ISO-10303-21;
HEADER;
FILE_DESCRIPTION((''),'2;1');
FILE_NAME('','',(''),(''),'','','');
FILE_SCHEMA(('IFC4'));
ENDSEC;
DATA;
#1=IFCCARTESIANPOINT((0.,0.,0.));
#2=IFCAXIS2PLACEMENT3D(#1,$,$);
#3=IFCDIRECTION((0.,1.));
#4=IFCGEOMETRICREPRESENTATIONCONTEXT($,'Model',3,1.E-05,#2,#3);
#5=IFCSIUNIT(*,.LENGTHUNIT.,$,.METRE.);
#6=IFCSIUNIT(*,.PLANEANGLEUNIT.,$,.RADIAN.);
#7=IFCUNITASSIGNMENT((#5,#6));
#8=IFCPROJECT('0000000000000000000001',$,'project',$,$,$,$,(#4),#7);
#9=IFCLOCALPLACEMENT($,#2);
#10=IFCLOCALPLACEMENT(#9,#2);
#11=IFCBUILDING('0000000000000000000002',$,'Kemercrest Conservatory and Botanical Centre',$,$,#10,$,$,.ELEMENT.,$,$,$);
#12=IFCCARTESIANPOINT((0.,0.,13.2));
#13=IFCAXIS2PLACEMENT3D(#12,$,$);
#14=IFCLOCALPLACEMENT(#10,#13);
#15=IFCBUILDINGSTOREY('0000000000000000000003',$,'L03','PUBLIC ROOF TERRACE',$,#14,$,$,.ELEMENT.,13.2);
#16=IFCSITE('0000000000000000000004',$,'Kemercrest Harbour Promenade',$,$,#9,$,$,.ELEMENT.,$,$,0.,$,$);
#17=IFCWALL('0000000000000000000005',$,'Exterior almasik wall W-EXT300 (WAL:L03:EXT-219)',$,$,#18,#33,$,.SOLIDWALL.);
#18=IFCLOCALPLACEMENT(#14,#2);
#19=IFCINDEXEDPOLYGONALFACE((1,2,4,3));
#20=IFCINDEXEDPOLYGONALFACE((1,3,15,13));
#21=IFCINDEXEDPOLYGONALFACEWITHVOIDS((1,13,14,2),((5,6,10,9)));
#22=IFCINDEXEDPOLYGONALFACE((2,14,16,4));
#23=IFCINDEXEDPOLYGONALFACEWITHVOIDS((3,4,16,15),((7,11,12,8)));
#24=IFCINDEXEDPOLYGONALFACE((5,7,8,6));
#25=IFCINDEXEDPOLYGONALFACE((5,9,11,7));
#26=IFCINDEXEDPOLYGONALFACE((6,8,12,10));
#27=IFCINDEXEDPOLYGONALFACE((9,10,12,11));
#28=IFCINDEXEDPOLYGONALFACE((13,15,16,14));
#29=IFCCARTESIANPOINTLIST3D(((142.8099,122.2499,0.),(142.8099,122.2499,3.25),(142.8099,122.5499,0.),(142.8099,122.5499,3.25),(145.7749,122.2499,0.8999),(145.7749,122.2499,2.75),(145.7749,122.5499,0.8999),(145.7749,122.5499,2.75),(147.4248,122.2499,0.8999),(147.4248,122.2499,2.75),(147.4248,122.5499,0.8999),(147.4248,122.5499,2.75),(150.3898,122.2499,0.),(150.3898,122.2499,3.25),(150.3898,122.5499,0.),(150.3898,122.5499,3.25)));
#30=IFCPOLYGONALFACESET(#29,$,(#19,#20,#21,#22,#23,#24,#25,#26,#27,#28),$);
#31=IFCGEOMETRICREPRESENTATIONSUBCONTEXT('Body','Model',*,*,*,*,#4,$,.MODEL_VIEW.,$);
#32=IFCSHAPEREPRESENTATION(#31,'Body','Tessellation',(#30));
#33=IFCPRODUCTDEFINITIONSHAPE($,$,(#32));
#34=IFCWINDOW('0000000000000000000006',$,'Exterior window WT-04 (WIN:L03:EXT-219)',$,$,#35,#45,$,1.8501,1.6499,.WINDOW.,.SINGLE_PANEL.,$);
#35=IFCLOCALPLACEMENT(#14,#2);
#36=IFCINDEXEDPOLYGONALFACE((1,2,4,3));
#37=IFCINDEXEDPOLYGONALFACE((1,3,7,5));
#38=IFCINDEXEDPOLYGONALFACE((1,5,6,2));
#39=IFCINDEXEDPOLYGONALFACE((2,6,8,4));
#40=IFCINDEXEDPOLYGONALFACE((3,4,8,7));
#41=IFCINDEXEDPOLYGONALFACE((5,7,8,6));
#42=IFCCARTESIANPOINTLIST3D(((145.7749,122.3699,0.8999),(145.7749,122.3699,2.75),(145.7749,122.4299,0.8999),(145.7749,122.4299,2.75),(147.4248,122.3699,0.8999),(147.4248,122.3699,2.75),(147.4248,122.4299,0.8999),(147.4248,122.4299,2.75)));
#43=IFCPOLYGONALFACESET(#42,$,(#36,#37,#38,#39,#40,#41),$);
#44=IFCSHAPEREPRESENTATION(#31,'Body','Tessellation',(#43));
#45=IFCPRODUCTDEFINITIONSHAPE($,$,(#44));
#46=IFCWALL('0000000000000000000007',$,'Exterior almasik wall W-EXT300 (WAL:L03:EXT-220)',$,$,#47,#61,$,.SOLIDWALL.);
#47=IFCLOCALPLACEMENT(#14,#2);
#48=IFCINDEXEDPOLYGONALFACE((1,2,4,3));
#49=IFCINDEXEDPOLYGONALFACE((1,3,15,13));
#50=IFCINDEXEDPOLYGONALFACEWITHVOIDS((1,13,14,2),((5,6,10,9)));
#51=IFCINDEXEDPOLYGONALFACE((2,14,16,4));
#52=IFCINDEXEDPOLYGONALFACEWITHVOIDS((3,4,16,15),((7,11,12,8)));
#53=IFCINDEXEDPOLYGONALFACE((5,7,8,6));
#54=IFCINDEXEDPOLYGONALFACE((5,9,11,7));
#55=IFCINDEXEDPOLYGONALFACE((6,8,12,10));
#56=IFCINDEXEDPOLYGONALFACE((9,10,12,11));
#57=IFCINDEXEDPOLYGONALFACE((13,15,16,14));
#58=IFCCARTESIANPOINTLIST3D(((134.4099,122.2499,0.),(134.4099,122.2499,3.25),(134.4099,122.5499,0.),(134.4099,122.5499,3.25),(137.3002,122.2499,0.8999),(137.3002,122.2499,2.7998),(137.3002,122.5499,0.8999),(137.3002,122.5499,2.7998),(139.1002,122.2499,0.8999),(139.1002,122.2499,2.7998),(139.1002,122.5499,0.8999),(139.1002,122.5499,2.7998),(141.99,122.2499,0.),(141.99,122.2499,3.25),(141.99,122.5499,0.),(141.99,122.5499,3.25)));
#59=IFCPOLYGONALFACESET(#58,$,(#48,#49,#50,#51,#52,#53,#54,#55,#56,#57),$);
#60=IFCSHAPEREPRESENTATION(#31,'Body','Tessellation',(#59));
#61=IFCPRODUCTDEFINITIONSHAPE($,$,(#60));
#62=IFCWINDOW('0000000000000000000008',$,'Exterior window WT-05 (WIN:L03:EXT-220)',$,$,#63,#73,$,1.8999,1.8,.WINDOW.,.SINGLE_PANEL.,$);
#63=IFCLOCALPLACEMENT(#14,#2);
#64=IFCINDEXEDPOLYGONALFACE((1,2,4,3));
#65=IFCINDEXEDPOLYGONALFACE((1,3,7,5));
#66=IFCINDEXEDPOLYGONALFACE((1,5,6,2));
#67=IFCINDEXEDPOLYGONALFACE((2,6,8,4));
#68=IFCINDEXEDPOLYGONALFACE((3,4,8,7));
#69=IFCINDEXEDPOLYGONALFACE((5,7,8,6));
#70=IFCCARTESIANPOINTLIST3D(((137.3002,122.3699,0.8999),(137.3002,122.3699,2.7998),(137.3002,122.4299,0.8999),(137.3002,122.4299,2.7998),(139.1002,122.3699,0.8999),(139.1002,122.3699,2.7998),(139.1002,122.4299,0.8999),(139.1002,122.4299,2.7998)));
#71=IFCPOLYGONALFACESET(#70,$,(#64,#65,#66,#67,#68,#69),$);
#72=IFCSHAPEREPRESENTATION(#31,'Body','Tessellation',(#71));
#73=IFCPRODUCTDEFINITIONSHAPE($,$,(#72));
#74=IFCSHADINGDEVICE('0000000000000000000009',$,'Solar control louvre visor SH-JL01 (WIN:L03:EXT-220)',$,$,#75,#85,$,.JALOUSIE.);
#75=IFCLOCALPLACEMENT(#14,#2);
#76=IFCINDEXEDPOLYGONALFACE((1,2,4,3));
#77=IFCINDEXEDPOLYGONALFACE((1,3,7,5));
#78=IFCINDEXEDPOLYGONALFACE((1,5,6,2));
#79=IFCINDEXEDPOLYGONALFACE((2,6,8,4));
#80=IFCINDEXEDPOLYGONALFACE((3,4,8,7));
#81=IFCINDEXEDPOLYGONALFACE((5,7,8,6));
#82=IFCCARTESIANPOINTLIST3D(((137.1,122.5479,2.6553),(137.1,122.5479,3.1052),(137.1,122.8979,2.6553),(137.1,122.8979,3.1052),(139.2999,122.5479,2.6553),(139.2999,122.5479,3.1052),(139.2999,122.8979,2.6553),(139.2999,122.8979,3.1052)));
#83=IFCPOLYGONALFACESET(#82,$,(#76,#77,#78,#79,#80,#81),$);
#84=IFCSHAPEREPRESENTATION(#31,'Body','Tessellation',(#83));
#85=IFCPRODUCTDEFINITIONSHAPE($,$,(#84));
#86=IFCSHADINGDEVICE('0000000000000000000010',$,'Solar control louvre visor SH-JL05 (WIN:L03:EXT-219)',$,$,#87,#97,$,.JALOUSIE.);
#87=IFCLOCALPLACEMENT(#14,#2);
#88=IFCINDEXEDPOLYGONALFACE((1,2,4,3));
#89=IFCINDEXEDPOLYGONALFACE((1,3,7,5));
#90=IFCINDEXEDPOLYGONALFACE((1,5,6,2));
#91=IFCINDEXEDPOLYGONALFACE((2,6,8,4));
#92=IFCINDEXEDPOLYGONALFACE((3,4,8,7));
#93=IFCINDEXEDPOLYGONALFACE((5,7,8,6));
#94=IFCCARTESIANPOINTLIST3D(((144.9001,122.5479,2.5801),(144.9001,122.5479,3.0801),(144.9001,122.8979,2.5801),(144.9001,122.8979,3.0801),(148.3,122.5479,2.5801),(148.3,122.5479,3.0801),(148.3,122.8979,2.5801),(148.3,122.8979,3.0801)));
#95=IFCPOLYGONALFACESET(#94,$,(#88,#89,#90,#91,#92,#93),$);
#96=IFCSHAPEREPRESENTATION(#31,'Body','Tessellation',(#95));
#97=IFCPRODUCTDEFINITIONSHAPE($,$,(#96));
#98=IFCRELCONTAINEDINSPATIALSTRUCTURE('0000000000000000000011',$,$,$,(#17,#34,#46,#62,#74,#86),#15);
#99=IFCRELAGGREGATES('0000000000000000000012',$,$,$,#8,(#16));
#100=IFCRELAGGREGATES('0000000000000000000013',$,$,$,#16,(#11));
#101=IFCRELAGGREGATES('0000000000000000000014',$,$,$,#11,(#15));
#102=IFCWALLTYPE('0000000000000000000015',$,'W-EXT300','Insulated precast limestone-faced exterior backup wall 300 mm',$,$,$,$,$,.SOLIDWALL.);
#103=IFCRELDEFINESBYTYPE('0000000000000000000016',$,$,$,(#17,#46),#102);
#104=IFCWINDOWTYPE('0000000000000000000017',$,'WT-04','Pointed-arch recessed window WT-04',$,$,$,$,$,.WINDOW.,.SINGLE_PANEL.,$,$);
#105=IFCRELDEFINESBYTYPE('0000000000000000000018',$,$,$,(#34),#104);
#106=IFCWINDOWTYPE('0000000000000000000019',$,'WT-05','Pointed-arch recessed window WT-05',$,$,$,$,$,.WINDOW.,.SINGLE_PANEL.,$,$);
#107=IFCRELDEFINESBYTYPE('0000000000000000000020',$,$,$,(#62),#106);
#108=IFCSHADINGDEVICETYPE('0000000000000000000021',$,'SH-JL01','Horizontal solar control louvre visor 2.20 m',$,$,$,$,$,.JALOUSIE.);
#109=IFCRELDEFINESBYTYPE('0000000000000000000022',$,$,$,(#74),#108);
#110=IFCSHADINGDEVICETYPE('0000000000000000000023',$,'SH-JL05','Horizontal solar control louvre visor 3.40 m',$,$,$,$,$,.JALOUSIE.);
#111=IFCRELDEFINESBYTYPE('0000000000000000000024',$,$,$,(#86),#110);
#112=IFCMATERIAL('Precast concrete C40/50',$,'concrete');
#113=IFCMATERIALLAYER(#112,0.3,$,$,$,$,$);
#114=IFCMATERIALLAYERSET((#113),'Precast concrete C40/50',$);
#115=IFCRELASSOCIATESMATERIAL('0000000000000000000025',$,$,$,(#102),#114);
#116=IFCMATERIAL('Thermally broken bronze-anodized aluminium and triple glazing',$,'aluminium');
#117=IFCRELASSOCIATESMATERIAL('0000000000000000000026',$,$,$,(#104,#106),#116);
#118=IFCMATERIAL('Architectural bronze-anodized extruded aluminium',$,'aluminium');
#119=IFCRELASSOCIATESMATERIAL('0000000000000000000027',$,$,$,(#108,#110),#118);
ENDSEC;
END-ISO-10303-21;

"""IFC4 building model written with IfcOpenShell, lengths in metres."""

from ifc_helpers import new_model, si_unit, direction, frame, frame_2d, origin, origin_2d, place, context, subcontext, project, spatial, rectangle, extrude, material, layer, layer_set, type_object, element, fill, save


model = new_model("IFC4")

# Units and contexts
model_context = context("Model", 3, precision=1e-05, world=origin(), true_north=direction((0.0, 1.0)))
body_context = subcontext(model_context, "Body", "Model", "MODEL_VIEW")
ifc_project = project(units=[si_unit("LENGTHUNIT", "METRE"), si_unit("PLANEANGLEUNIT", "RADIAN")], contexts=[model_context])

# Site, building, storey
site_placement = place(None, origin())
site = spatial("IfcSite", under=ifc_project, at=site_placement, Name="Kemercrest Harbour Promenade", CompositionType="ELEMENT", RefElevation=0.0)
building_placement = place(site_placement, origin())
building = spatial("IfcBuilding", under=site, at=building_placement, Name="Kemercrest Conservatory and Botanical Centre", CompositionType="ELEMENT")
storey_placement = place(building_placement, frame((0.0, 0.0, 13.2)))
storey = spatial("IfcBuildingStorey", under=building, at=storey_placement, Name="L03", Description="PUBLIC ROOF TERRACE", CompositionType="ELEMENT", Elevation=13.2)

# Walls, openings, windows
ifc_material_1 = material(Name="Precast concrete C40/50", Category="concrete")
ifc_layer_1 = layer(ifc_material_1, 0.3)
ifc_layer_set_1 = layer_set([ifc_layer_1], Name="Precast concrete C40/50")
wall_type = type_object("IfcWallType", Name="W-EXT300", Description="Insulated precast limestone-faced exterior backup wall 300 mm", PredefinedType="SOLIDWALL", material=ifc_layer_set_1)
wall_1_placement = place(storey_placement, frame((150.3899, 122.3999, 0.0), z_axis=(0.0, 0.0, 1.0), x_axis=(-1.0, 0.0, 0.0)))
wall_1 = element("IfcWall", 1, at=wall_1_placement, inside=storey, type_object=wall_type, Name="Exterior almasik wall W-EXT300 (WAL:L03:EXT-219)", PredefinedType="SOLIDWALL", context=body_context, shape_type="SweptSolid", body=[
    extrude(rectangle(XDim=7.5798, YDim=0.3, at=frame_2d((3.79, 0.0))), origin(), (0.0, 0.0, 1.0), 3.25),
])
opening_1_placement = place(wall_1_placement, frame((2.9651, 0.0, 0.8999)))
opening_1 = element("IfcOpeningElement", 2, at=opening_1_placement, cuts=wall_1, PredefinedType="OPENING", context=body_context, shape_type="SweptSolid", body=[
    extrude(rectangle(XDim=1.6499, YDim=1.8501, at=frame_2d((0.825, 0.925))), frame((0.0, 0.1602, 0.0), z_axis=(0.0, -1.0, 0.0), x_axis=(1.0, 0.0, 0.0)), (0.0, 0.0, 1.0), 0.3201),
])
ifc_material_2 = material(Name="Thermally broken bronze-anodized aluminium and triple glazing", Category="aluminium")
window_type_1 = type_object("IfcWindowType", Name="WT-04", Description="Pointed-arch recessed window WT-04", PartitioningType="SINGLE_PANEL", PredefinedType="WINDOW", material=ifc_material_2)
window_1_placement = place(opening_1_placement, origin())
window_1 = element("IfcWindow", 3, at=window_1_placement, inside=storey, type_object=window_type_1, Name="Exterior window WT-04 (WIN:L03:EXT-219)", OverallHeight=1.8501, OverallWidth=1.6499, PartitioningType="SINGLE_PANEL", PredefinedType="WINDOW", context=body_context, shape_type="SweptSolid", body=[
    extrude(rectangle(XDim=1.6499, YDim=1.8501, at=frame_2d((0.825, 0.925))), frame((0.0, 0.03, 0.0), z_axis=(0.0, -1.0, 0.0), x_axis=(1.0, 0.0, 0.0)), (0.0, 0.0, 1.0), 0.0601),
])
fill(opening_1, window_1)
wall_2_placement = place(storey_placement, frame((141.99, 122.3999, 0.0), z_axis=(0.0, 0.0, 1.0), x_axis=(-1.0, 0.0, 0.0)))
wall_2 = element("IfcWall", 4, at=wall_2_placement, inside=storey, type_object=wall_type, Name="Exterior almasik wall W-EXT300 (WAL:L03:EXT-220)", PredefinedType="SOLIDWALL", context=body_context, shape_type="SweptSolid", body=[
    extrude(rectangle(XDim=7.5801, YDim=0.3, at=frame_2d((3.79, 0.0))), origin(), (0.0, 0.0, 1.0), 3.25),
])
opening_2_placement = place(wall_2_placement, frame((2.8899, 0.0, 0.8999)))
opening_2 = element("IfcOpeningElement", 5, at=opening_2_placement, cuts=wall_2, PredefinedType="OPENING", context=body_context, shape_type="SweptSolid", body=[
    extrude(rectangle(XDim=1.8, YDim=1.8999, at=frame_2d((0.8999, 0.95))), frame((0.0, 0.1602, 0.0), z_axis=(0.0, -1.0, 0.0), x_axis=(1.0, 0.0, 0.0)), (0.0, 0.0, 1.0), 0.3201),
])
window_type_2 = type_object("IfcWindowType", Name="WT-05", Description="Pointed-arch recessed window WT-05", PartitioningType="SINGLE_PANEL", PredefinedType="WINDOW", material=ifc_material_2)
window_2_placement = place(opening_2_placement, origin())
window_2 = element("IfcWindow", 6, at=window_2_placement, inside=storey, type_object=window_type_2, Name="Exterior window WT-05 (WIN:L03:EXT-220)", OverallHeight=1.8999, OverallWidth=1.8, PartitioningType="SINGLE_PANEL", PredefinedType="WINDOW", context=body_context, shape_type="SweptSolid", body=[
    extrude(rectangle(XDim=1.8, YDim=1.8999, at=frame_2d((0.8999, 0.95))), frame((0.0, 0.03, 0.0), z_axis=(0.0, -1.0, 0.0), x_axis=(1.0, 0.0, 0.0)), (0.0, 0.0, 1.0), 0.0601),
])
fill(opening_2, window_2)

# Shading devices
ifc_material_3 = material(Name="Architectural bronze-anodized extruded aluminium", Category="aluminium")
shading_device_type_1 = type_object("IfcShadingDeviceType", Name="SH-JL01", Description="Horizontal solar control louvre visor 2.20 m", PredefinedType="JALOUSIE", material=ifc_material_3)
shading_device_1_placement = place(storey_placement, frame((138.2, 122.7229, 2.6553), z_axis=(0.0, 0.0, 1.0), x_axis=(-1.0, 0.0, 0.0)))
element("IfcShadingDevice", 7, at=shading_device_1_placement, inside=storey, type_object=shading_device_type_1, Name="Solar control louvre visor SH-JL01 (WIN:L03:EXT-220)", PredefinedType="JALOUSIE", context=body_context, shape_type="SweptSolid", body=[
    extrude(rectangle(XDim=2.2, YDim=0.3501, at=origin_2d()), origin(), (0.0, 0.0, 1.0), 0.45),
])
shading_device_type_2 = type_object("IfcShadingDeviceType", Name="SH-JL05", Description="Horizontal solar control louvre visor 3.40 m", PredefinedType="JALOUSIE", material=ifc_material_3)
shading_device_2_placement = place(storey_placement, frame((146.6001, 122.7229, 2.5801), z_axis=(0.0, 0.0, 1.0), x_axis=(-1.0, 0.0, 0.0)))
element("IfcShadingDevice", 8, at=shading_device_2_placement, inside=storey, type_object=shading_device_type_2, Name="Solar control louvre visor SH-JL05 (WIN:L03:EXT-219)", PredefinedType="JALOUSIE", context=body_context, shape_type="SweptSolid", body=[
    extrude(rectangle(XDim=3.3999, YDim=0.3501, at=origin_2d()), origin(), (0.0, 0.0, 1.0), 0.5),
])

save(model, "model.ifc")
